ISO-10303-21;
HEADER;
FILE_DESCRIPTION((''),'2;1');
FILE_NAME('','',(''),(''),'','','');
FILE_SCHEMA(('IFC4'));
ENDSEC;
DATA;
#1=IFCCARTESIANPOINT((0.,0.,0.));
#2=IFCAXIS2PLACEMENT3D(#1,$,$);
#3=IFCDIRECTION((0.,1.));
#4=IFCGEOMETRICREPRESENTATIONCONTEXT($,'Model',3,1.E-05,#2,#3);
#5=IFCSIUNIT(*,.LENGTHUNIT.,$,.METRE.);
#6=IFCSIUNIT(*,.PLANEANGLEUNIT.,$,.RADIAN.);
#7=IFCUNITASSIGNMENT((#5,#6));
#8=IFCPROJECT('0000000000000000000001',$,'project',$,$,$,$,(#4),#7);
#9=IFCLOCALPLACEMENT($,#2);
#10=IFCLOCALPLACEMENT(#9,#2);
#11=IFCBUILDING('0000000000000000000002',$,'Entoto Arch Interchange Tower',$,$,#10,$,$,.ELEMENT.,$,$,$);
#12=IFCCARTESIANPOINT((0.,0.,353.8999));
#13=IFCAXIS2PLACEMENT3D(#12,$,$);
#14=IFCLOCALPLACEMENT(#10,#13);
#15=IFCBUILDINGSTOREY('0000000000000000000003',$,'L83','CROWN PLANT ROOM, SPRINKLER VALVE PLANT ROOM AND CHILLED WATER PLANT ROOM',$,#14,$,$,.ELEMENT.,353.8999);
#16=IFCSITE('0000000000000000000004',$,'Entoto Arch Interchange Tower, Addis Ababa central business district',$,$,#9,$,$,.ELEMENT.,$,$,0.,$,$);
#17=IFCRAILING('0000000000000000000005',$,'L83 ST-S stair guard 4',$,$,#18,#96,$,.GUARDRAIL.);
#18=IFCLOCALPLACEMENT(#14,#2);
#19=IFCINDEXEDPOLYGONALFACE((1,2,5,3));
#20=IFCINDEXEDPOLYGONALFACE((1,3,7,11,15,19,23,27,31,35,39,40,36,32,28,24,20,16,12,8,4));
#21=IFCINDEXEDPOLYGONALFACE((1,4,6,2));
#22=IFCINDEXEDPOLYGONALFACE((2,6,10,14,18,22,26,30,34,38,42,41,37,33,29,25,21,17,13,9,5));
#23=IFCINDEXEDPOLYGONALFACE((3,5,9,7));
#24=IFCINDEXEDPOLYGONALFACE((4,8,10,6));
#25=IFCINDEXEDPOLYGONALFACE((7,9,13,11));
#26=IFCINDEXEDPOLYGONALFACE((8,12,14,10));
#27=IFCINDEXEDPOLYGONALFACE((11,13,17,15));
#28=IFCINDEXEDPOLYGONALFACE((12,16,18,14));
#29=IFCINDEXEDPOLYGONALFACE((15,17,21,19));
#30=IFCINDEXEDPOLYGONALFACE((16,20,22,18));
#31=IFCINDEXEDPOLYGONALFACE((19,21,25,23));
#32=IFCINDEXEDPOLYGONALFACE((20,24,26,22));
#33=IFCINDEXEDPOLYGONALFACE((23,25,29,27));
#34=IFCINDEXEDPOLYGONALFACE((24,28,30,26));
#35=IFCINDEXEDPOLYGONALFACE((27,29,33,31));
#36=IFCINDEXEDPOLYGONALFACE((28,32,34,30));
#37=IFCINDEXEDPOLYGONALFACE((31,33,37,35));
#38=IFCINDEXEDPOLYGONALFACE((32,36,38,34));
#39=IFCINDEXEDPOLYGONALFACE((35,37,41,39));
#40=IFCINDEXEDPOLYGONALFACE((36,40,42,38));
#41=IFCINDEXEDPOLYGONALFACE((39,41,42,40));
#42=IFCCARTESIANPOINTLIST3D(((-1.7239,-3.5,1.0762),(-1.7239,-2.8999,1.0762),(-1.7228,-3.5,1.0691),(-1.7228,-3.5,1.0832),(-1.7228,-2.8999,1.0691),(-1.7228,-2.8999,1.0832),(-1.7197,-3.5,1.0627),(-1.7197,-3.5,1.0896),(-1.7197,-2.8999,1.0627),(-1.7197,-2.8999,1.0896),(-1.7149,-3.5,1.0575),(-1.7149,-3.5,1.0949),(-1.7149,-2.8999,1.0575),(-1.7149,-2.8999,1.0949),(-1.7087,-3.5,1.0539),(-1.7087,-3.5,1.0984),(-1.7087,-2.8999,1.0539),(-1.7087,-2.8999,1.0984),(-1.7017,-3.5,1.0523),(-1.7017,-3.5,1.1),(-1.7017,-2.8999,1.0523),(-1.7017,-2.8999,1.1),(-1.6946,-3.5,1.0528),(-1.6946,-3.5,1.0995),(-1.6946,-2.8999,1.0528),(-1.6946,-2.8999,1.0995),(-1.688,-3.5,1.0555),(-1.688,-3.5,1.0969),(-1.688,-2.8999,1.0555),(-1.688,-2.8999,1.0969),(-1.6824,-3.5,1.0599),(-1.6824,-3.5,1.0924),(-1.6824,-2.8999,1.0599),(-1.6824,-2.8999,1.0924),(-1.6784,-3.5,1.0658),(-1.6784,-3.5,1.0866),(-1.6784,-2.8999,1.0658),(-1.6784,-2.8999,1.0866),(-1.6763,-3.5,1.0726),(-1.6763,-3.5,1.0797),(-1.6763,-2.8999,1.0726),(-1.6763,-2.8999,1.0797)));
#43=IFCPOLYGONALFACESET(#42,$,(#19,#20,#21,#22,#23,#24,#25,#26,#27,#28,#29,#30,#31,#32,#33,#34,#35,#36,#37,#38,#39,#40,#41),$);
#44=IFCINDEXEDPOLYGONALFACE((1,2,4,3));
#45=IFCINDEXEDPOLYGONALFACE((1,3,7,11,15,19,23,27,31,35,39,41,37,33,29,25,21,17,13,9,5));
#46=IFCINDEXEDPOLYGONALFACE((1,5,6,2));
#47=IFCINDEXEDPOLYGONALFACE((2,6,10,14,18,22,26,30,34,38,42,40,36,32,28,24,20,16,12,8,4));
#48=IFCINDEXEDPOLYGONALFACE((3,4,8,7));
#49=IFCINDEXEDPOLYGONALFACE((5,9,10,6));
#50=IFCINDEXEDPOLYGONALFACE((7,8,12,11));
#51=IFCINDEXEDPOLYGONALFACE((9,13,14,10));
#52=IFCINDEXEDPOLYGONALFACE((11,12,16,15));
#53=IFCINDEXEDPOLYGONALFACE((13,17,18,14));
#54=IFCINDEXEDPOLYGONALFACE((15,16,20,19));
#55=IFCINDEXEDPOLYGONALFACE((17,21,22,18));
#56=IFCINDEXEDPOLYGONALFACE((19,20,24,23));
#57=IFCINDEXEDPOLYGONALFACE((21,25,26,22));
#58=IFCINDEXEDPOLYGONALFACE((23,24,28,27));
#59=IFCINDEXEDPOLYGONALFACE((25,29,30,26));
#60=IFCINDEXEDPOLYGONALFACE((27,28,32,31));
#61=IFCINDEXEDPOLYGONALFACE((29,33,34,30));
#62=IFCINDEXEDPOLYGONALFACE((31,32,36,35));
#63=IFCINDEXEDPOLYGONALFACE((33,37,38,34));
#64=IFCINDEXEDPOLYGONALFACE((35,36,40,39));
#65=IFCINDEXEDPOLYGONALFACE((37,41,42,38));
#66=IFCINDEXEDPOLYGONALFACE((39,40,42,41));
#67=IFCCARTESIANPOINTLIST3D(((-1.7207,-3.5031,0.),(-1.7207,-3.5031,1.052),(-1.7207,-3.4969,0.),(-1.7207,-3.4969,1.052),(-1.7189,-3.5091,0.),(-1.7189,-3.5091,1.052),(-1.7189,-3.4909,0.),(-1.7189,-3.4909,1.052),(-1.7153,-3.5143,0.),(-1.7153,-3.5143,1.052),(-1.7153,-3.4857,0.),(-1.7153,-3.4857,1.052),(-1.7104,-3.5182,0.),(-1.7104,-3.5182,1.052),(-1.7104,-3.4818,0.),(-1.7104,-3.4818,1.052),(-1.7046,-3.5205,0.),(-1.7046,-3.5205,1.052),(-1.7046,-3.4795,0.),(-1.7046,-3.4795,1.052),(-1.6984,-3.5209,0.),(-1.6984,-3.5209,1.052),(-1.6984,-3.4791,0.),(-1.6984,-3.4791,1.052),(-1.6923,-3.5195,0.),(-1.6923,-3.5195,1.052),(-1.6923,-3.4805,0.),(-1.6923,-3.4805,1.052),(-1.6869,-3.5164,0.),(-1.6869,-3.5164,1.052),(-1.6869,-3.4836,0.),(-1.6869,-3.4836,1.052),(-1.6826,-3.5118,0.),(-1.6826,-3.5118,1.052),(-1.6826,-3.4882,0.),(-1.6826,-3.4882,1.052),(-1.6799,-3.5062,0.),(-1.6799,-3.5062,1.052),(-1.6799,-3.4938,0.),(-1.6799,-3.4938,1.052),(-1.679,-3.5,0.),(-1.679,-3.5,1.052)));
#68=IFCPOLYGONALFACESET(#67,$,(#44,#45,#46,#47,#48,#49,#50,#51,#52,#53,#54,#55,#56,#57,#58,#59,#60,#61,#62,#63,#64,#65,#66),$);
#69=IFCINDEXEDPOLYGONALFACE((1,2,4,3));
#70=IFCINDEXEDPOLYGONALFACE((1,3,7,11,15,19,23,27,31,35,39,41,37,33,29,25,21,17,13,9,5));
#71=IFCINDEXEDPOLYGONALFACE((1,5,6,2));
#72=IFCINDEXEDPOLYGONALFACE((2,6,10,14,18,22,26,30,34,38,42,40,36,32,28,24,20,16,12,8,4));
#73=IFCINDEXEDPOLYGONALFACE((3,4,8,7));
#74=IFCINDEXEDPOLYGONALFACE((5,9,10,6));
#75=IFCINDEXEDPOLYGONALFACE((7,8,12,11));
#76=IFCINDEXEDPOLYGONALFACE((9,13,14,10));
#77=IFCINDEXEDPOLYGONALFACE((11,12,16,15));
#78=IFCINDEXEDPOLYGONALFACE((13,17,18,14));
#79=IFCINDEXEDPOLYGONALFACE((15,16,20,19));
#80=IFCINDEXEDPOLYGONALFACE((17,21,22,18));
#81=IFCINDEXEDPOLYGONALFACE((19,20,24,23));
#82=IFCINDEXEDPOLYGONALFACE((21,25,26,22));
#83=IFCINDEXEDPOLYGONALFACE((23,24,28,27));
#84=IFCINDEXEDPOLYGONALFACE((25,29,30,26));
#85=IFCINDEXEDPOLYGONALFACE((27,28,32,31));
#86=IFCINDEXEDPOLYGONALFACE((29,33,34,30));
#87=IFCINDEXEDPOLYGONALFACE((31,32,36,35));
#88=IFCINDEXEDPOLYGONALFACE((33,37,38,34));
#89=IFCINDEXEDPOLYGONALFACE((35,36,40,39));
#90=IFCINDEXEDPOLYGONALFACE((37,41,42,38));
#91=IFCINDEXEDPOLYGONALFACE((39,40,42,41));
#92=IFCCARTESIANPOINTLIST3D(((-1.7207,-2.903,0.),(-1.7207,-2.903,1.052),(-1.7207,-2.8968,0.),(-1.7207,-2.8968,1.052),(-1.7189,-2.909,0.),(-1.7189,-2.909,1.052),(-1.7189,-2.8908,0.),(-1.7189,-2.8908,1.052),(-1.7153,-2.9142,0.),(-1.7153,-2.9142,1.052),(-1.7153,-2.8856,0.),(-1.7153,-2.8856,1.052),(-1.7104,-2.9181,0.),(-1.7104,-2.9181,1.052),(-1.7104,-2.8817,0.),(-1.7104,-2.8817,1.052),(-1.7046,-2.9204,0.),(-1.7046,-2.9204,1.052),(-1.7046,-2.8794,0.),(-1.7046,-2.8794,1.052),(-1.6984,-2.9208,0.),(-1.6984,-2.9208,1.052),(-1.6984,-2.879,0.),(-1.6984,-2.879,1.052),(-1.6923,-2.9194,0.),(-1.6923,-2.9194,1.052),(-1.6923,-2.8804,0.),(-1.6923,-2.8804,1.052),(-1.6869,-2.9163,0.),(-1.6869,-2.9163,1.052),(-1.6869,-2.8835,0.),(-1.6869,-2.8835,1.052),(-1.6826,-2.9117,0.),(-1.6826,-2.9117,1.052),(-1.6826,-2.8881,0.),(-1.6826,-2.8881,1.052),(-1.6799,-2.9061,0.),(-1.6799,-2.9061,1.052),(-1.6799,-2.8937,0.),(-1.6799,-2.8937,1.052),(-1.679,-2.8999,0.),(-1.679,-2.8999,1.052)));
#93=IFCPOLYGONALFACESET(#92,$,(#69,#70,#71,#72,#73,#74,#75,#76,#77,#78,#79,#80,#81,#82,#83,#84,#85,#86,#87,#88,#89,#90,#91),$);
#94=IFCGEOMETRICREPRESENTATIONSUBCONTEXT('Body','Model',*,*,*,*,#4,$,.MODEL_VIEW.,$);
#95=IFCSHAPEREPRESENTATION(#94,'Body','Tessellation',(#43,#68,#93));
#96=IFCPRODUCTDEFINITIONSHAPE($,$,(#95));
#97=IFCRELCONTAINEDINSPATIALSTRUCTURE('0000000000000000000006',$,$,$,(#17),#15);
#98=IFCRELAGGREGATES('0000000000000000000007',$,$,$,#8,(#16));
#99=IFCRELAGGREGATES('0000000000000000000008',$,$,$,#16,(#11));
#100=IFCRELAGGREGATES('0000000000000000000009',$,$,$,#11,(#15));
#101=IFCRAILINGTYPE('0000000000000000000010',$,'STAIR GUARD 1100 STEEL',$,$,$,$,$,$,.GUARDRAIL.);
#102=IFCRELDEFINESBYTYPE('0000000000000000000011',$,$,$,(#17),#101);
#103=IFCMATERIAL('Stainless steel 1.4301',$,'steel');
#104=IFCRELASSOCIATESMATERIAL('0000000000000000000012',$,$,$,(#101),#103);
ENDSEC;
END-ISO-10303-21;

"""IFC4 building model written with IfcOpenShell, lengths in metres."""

from ifc_helpers import new_model, si_unit, direction, frame, origin, origin_2d, place, context, subcontext, project, spatial, circle, extrude, material, type_object, element, save


model = new_model("IFC4")

# Units and contexts
model_context = context("Model", 3, precision=1e-05, world=origin(), true_north=direction((0.0, 1.0)))
body_context = subcontext(model_context, "Body", "Model", "MODEL_VIEW")
ifc_project = project(units=[si_unit("LENGTHUNIT", "METRE"), si_unit("PLANEANGLEUNIT", "RADIAN")], contexts=[model_context])

# Site, building, storey
site_placement = place(None, origin())
site = spatial("IfcSite", under=ifc_project, at=site_placement, Name="Entoto Arch Interchange Tower, Addis Ababa central business district", CompositionType="ELEMENT", RefElevation=0.0)
building_placement = place(site_placement, origin())
building = spatial("IfcBuilding", under=site, at=building_placement, Name="Entoto Arch Interchange Tower", CompositionType="ELEMENT")
storey_placement = place(building_placement, frame((0.0, 0.0, 353.8999)))
storey = spatial("IfcBuildingStorey", under=building, at=storey_placement, Name="L83", Description="CROWN PLANT ROOM, SPRINKLER VALVE PLANT ROOM AND CHILLED WATER PLANT ROOM", CompositionType="ELEMENT", Elevation=353.8999)

# Railing
ifc_material_1 = material(Name="Stainless steel 1.4301", Category="steel")
railing_type_1 = type_object("IfcRailingType", Name="STAIR GUARD 1100 STEEL", PredefinedType="GUARDRAIL", material=ifc_material_1)
railing_1_placement = place(storey_placement, frame((-1.7, -3.5, 0.0)))
element("IfcRailing", 1, at=railing_1_placement, inside=storey, type_object=railing_type_1, Name="L83 ST-S stair guard 4", PredefinedType="GUARDRAIL", context=body_context, shape_type="SweptSolid", body=[
    extrude(circle(Radius=0.0239, at=origin_2d()), frame((0.0, 0.0, 1.0762), z_axis=(0.0, 1.0, 0.0), x_axis=(-1.0, 0.0, 0.0)), (0.0, 0.0, 1.0), 0.6001),
    extrude(circle(Radius=0.021, at=origin_2d()), origin(), (0.0, 0.0, 1.0), 1.052),
    extrude(circle(Radius=0.021, at=origin_2d()), frame((0.0, 0.6001, 0.0)), (0.0, 0.0, 1.0), 1.052),
])

save(model, "model.ifc")
